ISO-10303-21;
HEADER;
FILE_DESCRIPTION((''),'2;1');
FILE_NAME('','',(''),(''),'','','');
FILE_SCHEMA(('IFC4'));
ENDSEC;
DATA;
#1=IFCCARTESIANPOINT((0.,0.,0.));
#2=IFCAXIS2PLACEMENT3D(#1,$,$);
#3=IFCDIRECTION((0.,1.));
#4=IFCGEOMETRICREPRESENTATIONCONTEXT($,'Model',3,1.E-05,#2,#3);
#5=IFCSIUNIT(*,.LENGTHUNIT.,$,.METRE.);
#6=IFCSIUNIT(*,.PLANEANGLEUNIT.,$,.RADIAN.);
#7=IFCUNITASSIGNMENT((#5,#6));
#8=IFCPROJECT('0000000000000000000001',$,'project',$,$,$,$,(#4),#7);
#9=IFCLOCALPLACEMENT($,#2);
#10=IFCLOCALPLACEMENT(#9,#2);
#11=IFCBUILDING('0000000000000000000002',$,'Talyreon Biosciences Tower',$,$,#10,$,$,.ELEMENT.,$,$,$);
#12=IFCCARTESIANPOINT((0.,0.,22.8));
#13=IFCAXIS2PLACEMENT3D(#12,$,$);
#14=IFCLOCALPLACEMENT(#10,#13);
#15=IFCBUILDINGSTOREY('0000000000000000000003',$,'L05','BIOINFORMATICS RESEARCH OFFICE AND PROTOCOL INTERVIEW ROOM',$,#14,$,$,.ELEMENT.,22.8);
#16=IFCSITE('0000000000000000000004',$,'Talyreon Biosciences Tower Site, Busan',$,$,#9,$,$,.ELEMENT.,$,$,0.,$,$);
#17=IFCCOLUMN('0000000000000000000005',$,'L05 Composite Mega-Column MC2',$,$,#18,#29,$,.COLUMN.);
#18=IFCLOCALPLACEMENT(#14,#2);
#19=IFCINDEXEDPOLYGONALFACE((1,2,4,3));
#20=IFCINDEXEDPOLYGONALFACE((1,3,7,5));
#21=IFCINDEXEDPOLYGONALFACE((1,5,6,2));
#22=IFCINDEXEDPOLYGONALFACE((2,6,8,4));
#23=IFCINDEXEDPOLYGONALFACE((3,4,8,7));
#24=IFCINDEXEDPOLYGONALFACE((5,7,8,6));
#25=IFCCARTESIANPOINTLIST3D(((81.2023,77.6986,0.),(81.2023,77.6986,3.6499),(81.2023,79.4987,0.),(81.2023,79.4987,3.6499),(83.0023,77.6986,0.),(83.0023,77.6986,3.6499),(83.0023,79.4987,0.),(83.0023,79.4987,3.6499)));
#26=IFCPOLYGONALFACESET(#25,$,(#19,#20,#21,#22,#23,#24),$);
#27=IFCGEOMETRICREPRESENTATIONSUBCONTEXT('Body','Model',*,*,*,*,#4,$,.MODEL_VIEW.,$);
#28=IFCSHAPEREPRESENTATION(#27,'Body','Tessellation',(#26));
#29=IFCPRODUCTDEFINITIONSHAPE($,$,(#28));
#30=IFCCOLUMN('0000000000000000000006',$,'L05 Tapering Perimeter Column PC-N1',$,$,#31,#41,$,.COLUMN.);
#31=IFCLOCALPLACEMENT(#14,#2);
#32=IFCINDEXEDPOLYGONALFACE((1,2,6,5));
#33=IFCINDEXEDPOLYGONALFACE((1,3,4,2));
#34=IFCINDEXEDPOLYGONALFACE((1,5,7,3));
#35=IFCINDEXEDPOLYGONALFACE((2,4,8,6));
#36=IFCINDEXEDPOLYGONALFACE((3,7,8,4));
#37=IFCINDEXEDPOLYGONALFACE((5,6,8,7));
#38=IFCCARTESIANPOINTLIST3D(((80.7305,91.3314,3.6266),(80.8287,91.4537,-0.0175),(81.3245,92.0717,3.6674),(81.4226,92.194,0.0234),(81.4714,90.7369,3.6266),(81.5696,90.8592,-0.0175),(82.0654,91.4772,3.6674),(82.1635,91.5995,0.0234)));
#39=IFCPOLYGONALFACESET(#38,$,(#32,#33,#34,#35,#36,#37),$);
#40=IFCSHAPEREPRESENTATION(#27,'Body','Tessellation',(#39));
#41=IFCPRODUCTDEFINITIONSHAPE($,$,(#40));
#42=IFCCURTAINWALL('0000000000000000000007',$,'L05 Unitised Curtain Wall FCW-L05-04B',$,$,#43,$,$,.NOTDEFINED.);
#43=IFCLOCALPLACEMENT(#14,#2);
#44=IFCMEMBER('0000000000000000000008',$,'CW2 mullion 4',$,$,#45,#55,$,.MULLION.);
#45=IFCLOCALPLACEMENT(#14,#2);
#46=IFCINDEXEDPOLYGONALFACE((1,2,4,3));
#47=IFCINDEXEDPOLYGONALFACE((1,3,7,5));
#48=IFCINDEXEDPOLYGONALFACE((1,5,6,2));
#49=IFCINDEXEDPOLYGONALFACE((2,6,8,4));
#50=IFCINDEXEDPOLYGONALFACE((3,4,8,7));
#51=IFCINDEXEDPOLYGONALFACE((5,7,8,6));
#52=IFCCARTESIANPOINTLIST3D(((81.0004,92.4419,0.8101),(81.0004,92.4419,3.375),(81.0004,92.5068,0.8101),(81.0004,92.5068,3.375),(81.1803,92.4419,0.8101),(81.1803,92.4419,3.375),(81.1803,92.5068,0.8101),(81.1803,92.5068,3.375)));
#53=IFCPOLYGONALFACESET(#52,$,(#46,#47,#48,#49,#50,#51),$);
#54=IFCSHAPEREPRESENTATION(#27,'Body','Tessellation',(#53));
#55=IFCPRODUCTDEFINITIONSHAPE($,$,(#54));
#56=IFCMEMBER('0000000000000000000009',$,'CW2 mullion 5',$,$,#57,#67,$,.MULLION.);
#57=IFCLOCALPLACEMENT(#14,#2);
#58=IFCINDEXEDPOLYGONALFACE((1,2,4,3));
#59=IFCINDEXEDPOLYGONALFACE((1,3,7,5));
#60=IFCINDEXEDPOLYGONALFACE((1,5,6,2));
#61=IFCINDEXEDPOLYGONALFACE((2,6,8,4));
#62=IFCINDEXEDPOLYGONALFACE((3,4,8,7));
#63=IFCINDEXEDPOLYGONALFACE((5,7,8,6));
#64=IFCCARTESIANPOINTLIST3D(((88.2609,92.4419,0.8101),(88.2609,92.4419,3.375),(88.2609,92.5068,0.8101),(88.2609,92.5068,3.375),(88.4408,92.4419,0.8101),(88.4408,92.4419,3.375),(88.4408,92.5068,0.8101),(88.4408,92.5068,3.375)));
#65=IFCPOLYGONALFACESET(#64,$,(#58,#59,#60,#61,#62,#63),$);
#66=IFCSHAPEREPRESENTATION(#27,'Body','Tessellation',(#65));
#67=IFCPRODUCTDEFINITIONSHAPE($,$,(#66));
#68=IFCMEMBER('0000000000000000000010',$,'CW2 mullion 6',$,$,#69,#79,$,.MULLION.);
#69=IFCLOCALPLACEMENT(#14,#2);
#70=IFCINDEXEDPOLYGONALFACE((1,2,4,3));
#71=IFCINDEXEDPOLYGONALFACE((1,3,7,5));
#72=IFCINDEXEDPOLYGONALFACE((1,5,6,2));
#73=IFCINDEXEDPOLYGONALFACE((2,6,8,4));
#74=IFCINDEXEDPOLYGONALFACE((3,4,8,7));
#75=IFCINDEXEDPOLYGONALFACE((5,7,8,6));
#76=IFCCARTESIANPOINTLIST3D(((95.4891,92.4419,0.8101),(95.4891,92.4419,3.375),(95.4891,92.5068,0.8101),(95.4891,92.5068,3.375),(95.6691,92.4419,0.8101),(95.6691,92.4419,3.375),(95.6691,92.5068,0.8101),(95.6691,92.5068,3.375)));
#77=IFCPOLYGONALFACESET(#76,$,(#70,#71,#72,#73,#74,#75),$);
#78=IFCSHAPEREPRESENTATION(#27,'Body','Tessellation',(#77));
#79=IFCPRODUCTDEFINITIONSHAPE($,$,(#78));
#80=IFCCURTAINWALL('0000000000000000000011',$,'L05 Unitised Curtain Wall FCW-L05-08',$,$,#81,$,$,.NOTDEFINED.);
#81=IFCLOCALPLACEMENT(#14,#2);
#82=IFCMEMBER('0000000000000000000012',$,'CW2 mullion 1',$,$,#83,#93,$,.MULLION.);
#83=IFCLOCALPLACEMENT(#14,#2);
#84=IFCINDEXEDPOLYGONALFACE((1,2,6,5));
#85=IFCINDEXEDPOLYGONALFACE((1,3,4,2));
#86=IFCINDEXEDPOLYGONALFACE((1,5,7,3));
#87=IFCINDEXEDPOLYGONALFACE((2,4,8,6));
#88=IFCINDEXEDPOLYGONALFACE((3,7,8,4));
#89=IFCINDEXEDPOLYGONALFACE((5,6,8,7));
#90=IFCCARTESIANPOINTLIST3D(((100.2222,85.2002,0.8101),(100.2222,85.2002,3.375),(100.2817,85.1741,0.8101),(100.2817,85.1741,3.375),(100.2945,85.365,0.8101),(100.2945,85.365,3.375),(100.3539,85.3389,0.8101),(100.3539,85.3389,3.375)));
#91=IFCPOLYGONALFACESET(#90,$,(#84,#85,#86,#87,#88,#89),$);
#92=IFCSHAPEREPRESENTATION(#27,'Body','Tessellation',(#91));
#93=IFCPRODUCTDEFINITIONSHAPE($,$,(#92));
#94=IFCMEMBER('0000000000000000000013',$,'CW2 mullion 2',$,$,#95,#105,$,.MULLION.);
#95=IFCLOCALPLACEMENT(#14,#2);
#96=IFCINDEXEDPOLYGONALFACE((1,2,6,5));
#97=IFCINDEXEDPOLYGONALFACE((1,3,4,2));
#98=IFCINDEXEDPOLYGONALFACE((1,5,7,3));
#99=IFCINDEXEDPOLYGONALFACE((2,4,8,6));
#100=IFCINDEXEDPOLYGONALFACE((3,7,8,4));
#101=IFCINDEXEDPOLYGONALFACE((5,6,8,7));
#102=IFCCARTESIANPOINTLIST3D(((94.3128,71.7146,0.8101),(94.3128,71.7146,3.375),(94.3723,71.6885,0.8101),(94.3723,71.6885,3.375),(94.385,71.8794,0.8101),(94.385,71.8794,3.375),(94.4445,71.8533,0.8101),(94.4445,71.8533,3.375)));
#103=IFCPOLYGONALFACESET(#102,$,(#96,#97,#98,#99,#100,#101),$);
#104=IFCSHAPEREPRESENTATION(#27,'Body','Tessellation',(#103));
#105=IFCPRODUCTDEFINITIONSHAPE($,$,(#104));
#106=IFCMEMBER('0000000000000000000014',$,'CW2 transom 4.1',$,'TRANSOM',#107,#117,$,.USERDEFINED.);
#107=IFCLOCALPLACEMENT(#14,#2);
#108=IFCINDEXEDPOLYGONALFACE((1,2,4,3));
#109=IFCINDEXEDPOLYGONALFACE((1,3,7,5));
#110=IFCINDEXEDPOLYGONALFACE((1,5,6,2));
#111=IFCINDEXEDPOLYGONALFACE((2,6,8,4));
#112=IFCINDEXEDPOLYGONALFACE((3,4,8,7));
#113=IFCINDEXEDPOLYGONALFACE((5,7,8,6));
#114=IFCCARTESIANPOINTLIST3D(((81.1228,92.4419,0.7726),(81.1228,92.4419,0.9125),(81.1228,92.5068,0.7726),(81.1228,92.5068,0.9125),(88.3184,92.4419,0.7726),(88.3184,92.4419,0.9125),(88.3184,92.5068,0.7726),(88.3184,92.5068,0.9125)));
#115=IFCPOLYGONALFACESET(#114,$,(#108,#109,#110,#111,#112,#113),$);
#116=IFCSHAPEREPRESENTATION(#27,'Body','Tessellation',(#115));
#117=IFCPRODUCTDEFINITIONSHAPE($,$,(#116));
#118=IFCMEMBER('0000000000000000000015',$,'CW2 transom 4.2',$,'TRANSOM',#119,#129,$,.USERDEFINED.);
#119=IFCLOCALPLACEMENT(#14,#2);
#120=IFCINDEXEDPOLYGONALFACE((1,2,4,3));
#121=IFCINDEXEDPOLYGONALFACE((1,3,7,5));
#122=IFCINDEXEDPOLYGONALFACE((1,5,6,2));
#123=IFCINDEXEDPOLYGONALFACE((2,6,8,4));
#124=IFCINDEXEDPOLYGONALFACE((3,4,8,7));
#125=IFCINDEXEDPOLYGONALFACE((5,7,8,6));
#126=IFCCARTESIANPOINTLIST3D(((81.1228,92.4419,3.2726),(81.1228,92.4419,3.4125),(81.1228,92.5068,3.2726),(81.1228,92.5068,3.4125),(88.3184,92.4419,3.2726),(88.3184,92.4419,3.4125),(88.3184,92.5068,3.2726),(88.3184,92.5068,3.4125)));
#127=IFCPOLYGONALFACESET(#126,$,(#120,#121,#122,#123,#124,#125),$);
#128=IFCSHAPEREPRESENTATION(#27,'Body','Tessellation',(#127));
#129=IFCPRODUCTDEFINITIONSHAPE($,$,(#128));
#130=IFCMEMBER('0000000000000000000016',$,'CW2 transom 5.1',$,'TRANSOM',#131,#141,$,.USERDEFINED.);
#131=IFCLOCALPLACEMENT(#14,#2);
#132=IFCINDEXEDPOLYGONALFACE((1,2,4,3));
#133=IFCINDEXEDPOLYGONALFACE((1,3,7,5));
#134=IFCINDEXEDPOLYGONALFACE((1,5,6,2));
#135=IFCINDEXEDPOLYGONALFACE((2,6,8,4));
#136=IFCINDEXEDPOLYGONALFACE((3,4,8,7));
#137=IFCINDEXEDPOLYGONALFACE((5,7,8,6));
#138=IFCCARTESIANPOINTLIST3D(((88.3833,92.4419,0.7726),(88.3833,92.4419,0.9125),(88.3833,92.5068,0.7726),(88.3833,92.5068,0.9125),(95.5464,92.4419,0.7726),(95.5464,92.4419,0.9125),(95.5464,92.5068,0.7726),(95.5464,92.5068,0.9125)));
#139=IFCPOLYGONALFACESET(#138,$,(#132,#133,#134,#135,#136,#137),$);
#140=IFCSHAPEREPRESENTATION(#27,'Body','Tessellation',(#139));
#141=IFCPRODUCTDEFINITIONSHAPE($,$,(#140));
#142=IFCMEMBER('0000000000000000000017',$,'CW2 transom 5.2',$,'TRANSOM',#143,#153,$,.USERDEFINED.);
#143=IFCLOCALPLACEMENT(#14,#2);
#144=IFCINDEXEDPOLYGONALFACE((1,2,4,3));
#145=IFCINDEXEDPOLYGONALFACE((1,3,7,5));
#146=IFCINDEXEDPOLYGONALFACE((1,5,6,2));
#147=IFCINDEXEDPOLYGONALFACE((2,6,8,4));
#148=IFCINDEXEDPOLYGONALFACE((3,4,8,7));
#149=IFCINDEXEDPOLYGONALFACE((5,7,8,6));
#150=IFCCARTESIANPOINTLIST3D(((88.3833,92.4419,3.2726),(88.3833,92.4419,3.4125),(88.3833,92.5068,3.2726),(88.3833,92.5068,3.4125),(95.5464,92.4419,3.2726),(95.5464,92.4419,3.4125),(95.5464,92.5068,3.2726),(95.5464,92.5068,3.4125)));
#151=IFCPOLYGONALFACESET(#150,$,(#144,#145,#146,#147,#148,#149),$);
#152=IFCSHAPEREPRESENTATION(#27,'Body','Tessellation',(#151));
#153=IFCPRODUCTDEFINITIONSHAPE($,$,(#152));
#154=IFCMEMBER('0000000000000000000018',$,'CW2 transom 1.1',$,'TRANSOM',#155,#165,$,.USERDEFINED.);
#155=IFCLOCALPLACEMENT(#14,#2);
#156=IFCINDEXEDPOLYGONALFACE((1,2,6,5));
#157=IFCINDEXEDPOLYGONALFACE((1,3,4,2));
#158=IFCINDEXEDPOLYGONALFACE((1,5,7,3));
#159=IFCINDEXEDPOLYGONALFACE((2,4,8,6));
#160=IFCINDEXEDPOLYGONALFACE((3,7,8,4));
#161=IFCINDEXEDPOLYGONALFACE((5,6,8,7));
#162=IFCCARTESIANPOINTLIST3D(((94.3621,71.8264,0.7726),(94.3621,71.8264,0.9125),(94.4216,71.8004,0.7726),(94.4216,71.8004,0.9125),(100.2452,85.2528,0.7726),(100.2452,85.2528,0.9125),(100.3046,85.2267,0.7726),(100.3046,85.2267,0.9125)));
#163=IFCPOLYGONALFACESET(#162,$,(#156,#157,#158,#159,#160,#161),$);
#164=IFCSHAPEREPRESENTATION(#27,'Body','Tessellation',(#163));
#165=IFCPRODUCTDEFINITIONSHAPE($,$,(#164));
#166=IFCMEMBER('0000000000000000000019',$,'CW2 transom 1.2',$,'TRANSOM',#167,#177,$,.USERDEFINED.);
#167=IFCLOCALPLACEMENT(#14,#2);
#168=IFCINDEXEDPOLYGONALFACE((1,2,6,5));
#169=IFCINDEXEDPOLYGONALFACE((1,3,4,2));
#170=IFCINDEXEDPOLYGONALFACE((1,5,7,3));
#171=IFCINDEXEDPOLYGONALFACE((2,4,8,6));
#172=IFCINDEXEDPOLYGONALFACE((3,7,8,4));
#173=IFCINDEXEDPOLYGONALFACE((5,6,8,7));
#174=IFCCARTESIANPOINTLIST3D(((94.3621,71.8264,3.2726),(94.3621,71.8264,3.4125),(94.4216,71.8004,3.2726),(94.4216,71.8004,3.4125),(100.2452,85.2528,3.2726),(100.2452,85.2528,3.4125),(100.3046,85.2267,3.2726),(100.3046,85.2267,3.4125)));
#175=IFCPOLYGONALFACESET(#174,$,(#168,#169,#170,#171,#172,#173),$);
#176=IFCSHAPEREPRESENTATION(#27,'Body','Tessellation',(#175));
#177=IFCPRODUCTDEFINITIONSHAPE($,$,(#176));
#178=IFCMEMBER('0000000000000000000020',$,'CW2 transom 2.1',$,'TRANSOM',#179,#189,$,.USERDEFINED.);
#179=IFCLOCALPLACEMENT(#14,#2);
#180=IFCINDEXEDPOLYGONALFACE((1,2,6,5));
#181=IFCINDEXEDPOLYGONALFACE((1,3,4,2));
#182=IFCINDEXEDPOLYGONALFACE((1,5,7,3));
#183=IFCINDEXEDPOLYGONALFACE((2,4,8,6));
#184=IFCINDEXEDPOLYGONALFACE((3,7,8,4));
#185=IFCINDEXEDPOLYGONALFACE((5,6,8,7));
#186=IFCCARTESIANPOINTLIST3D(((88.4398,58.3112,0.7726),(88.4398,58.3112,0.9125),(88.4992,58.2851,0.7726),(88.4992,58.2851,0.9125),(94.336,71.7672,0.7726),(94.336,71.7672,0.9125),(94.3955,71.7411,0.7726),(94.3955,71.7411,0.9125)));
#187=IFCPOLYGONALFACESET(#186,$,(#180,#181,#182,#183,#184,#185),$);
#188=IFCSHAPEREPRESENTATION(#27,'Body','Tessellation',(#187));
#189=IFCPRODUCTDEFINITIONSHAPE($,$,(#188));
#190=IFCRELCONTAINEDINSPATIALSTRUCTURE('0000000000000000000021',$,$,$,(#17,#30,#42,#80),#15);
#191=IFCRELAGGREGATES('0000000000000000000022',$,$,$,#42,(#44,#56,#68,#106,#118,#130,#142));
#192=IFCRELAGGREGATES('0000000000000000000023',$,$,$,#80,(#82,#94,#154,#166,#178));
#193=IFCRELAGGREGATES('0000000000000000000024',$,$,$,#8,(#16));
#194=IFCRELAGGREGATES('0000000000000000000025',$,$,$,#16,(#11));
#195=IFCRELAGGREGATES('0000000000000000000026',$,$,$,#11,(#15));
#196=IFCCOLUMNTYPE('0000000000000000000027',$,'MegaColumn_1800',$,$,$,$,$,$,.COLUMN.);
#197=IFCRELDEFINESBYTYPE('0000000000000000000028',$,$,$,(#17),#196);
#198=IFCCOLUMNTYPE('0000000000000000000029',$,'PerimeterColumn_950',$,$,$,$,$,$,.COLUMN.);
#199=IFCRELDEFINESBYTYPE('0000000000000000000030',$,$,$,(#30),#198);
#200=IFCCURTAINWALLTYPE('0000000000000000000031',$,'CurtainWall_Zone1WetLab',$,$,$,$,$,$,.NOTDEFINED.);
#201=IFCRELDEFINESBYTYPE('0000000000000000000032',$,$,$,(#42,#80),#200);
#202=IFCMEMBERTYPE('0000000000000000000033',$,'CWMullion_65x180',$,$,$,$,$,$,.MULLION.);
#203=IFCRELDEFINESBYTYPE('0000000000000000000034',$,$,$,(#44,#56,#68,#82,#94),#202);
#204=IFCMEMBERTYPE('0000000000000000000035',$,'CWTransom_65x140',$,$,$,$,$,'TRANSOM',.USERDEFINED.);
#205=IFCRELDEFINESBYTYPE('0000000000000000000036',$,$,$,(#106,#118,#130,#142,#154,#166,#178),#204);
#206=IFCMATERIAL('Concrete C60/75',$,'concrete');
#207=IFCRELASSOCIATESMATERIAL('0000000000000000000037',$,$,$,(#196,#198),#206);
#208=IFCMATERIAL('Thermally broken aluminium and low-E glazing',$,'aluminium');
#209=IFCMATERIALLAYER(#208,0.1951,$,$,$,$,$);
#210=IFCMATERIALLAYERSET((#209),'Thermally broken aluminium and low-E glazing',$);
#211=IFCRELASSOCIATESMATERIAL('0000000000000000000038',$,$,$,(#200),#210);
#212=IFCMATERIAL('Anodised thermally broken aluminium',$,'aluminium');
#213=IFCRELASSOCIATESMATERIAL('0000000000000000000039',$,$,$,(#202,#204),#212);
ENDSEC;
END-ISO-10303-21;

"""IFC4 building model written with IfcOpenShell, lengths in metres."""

from ifc_helpers import new_model, si_unit, direction, frame, origin, origin_2d, place, context, subcontext, project, spatial, rectangle, extrude, material, layer, layer_set, material_profile, profile_set, type_object, element, aggregate, save


model = new_model("IFC4")

# Units and contexts
model_context = context("Model", 3, precision=1e-05, world=origin(), true_north=direction((0.0, 1.0)))
body_context = subcontext(model_context, "Body", "Model", "MODEL_VIEW")
ifc_project = project(units=[si_unit("LENGTHUNIT", "METRE"), si_unit("PLANEANGLEUNIT", "RADIAN")], contexts=[model_context])

# Site, building, storey
site_placement = place(None, origin())
site = spatial("IfcSite", under=ifc_project, at=site_placement, Name="Talyreon Biosciences Tower Site, Busan", CompositionType="ELEMENT", RefElevation=0.0)
building_placement = place(site_placement, origin())
building = spatial("IfcBuilding", under=site, at=building_placement, Name="Talyreon Biosciences Tower", CompositionType="ELEMENT")
storey_placement = place(building_placement, frame((0.0, 0.0, 22.8)))
storey = spatial("IfcBuildingStorey", under=building, at=storey_placement, Name="L05", Description="BIOINFORMATICS RESEARCH OFFICE AND PROTOCOL INTERVIEW ROOM", CompositionType="ELEMENT", Elevation=22.8)

# Columns
ifc_material_1 = material(Name="Concrete C60/75", Category="concrete")
ifc_material_profile_1 = material_profile(ifc_material_1, rectangle(XDim=1.8, YDim=1.8, at=origin_2d()), Name="RC 1800x1800")
ifc_profile_set_1 = profile_set([ifc_material_profile_1], Name="Concrete C60/75")
column_type_1 = type_object("IfcColumnType", Name="MegaColumn_1800", PredefinedType="COLUMN", material=ifc_profile_set_1)
column_1_placement = place(storey_placement, frame((82.1023, 78.5986, 0.0), z_axis=(0.0, 0.0, 1.0), x_axis=(1.0, 0.0, 0.0)))
element("IfcColumn", 1, at=column_1_placement, inside=storey, type_object=column_type_1, Name="L05 Composite Mega-Column MC2", PredefinedType="COLUMN", context=body_context, shape_type="SweptSolid", body=[
    extrude(rectangle(XDim=1.8, YDim=1.8, at=origin_2d()), origin(), (0.0, 0.0, 1.0), 3.6499),
])
ifc_material_profile_2 = material_profile(ifc_material_1, rectangle(XDim=0.95, YDim=0.95, at=origin_2d()), Name="RC 950x950")
ifc_profile_set_2 = profile_set([ifc_material_profile_2], Name="Concrete C60/75")
column_type_2 = type_object("IfcColumnType", Name="PerimeterColumn_950", PredefinedType="COLUMN", material=ifc_profile_set_2)
column_2_placement = place(storey_placement, frame((81.4961, 91.5266, 0.0029), z_axis=(-0.026908, -0.033535, 0.999075), x_axis=(-0.779957, 0.625834, 0.0)))
element("IfcColumn", 2, at=column_2_placement, inside=storey, type_object=column_type_2, Name="L05 Tapering Perimeter Column PC-N1", PredefinedType="COLUMN", context=body_context, shape_type="SweptSolid", body=[
    extrude(rectangle(XDim=0.95, YDim=0.95, at=origin_2d()), origin(), (0.0, 0.0, 1.0), 3.6475),
])

# Curtain walls, members
ifc_material_2 = material(Name="Thermally broken aluminium and low-E glazing", Category="aluminium")
ifc_layer_1 = layer(ifc_material_2, 0.1951)
ifc_layer_set_1 = layer_set([ifc_layer_1], Name="Thermally broken aluminium and low-E glazing")
curtain_wall_type = type_object("IfcCurtainWallType", Name="CurtainWall_Zone1WetLab", PredefinedType="NOTDEFINED", material=ifc_layer_set_1)
curtain_wall_1_placement = place(storey_placement, origin())
curtain_wall_1 = element("IfcCurtainWall", 3, at=curtain_wall_1_placement, inside=storey, type_object=curtain_wall_type, Name="L05 Unitised Curtain Wall FCW-L05-04B", PredefinedType="NOTDEFINED")
ifc_material_3 = material(Name="Anodised thermally broken aluminium", Category="aluminium")
ifc_material_profile_3 = material_profile(ifc_material_3, rectangle(XDim=0.0649, YDim=0.1799, at=origin_2d()), Name="ALUM MULLION 65x180")
ifc_profile_set_3 = profile_set([ifc_material_profile_3], Name="Anodised thermally broken aluminium")
member_type_1 = type_object("IfcMemberType", Name="CWMullion_65x180", PredefinedType="MULLION", material=ifc_profile_set_3)
member_1_placement = place(storey_placement, frame((81.0903, 92.4744, 0.8101), z_axis=(0.0, 0.0, 1.0), x_axis=(0.0, 1.0, 0.0)))
member_1 = element("IfcMember", 4, at=member_1_placement, type_object=member_type_1, Name="CW2 mullion 4", PredefinedType="MULLION", context=body_context, shape_type="SweptSolid", body=[
    extrude(rectangle(XDim=0.0649, YDim=0.1799, at=origin_2d()), origin(), (0.0, 0.0, 1.0), 2.5649),
])
member_2_placement = place(storey_placement, frame((88.3508, 92.4744, 0.8101), z_axis=(0.0, 0.0, 1.0), x_axis=(0.0, 1.0, 0.0)))
member_2 = element("IfcMember", 5, at=member_2_placement, type_object=member_type_1, Name="CW2 mullion 5", PredefinedType="MULLION", context=body_context, shape_type="SweptSolid", body=[
    extrude(rectangle(XDim=0.0649, YDim=0.1799, at=origin_2d()), origin(), (0.0, 0.0, 1.0), 2.5649),
])
member_3_placement = place(storey_placement, frame((95.5791, 92.4744, 0.8101), z_axis=(0.0, 0.0, 1.0), x_axis=(0.0, 1.0, 0.0)))
member_3 = element("IfcMember", 6, at=member_3_placement, type_object=member_type_1, Name="CW2 mullion 6", PredefinedType="MULLION", context=body_context, shape_type="SweptSolid", body=[
    extrude(rectangle(XDim=0.0649, YDim=0.1799, at=origin_2d()), origin(), (0.0, 0.0, 1.0), 2.5649),
])
curtain_wall_2_placement = place(storey_placement, origin())
curtain_wall_2 = element("IfcCurtainWall", 7, at=curtain_wall_2_placement, inside=storey, type_object=curtain_wall_type, Name="L05 Unitised Curtain Wall FCW-L05-08", PredefinedType="NOTDEFINED")
member_4_placement = place(storey_placement, frame((100.2881, 85.2695, 0.8101), z_axis=(0.0, 0.0, 1.0), x_axis=(0.915927, -0.401345, 0.0)))
member_4 = element("IfcMember", 8, at=member_4_placement, type_object=member_type_1, Name="CW2 mullion 1", PredefinedType="MULLION", context=body_context, shape_type="SweptSolid", body=[
    extrude(rectangle(XDim=0.0649, YDim=0.1799, at=origin_2d()), origin(), (0.0, 0.0, 1.0), 2.5649),
])
member_5_placement = place(storey_placement, frame((94.3787, 71.7839, 0.8101), z_axis=(0.0, 0.0, 1.0), x_axis=(0.915927, -0.401345, 0.0)))
member_5 = element("IfcMember", 9, at=member_5_placement, type_object=member_type_1, Name="CW2 mullion 2", PredefinedType="MULLION", context=body_context, shape_type="SweptSolid", body=[
    extrude(rectangle(XDim=0.0649, YDim=0.1799, at=origin_2d()), origin(), (0.0, 0.0, 1.0), 2.5649),
])

# Members
ifc_material_profile_4 = material_profile(ifc_material_3, rectangle(XDim=0.0649, YDim=0.1399, at=origin_2d()), Name="ALUM TRANSOM 65x140")
ifc_profile_set_4 = profile_set([ifc_material_profile_4], Name="Anodised thermally broken aluminium")
member_type_2 = type_object("IfcMemberType", Name="CWTransom_65x140", ElementType="TRANSOM", PredefinedType="USERDEFINED", material=ifc_profile_set_4)
member_6_placement = place(storey_placement, frame((81.1228, 92.4744, 0.8425), z_axis=(1.0, 0.0, 0.0), x_axis=(0.0, 1.0, 0.0)))
member_6 = element("IfcMember", 10, at=member_6_placement, type_object=member_type_2, Name="CW2 transom 4.1", ObjectType="TRANSOM", PredefinedType="USERDEFINED", context=body_context, shape_type="SweptSolid", body=[
    extrude(rectangle(XDim=0.0649, YDim=0.1399, at=origin_2d()), origin(), (0.0, 0.0, 1.0), 7.1956),
])
member_7_placement = place(storey_placement, frame((81.1228, 92.4744, 3.3425), z_axis=(1.0, 0.0, 0.0), x_axis=(0.0, 1.0, 0.0)))
member_7 = element("IfcMember", 11, at=member_7_placement, type_object=member_type_2, Name="CW2 transom 4.2", ObjectType="TRANSOM", PredefinedType="USERDEFINED", context=body_context, shape_type="SweptSolid", body=[
    extrude(rectangle(XDim=0.0649, YDim=0.1399, at=origin_2d()), origin(), (0.0, 0.0, 1.0), 7.1956),
])
member_8_placement = place(storey_placement, frame((88.3833, 92.4744, 0.8425), z_axis=(1.0, 0.0, 0.0), x_axis=(0.0, 1.0, 0.0)))
member_8 = element("IfcMember", 12, at=member_8_placement, type_object=member_type_2, Name="CW2 transom 5.1", ObjectType="TRANSOM", PredefinedType="USERDEFINED", context=body_context, shape_type="SweptSolid", body=[
    extrude(rectangle(XDim=0.0649, YDim=0.1399, at=origin_2d()), origin(), (0.0, 0.0, 1.0), 7.1631),
])
member_9_placement = place(storey_placement, frame((88.3833, 92.4744, 3.3425), z_axis=(1.0, 0.0, 0.0), x_axis=(0.0, 1.0, 0.0)))
member_9 = element("IfcMember", 13, at=member_9_placement, type_object=member_type_2, Name="CW2 transom 5.2", ObjectType="TRANSOM", PredefinedType="USERDEFINED", context=body_context, shape_type="SweptSolid", body=[
    extrude(rectangle(XDim=0.0649, YDim=0.1399, at=origin_2d()), origin(), (0.0, 0.0, 1.0), 7.1631),
])
member_10_placement = place(storey_placement, frame((100.2749, 85.2397, 0.8425), z_axis=(-0.401338, -0.91593, 0.0), x_axis=(0.91593, -0.401338, 0.0)))
member_10 = element("IfcMember", 14, at=member_10_placement, type_object=member_type_2, Name="CW2 transom 1.1", ObjectType="TRANSOM", PredefinedType="USERDEFINED", context=body_context, shape_type="SweptSolid", body=[
    extrude(rectangle(XDim=0.0649, YDim=0.1399, at=origin_2d()), origin(), (0.0, 0.0, 1.0), 14.6587),
])
member_11_placement = place(storey_placement, frame((100.2749, 85.2397, 3.3425), z_axis=(-0.401338, -0.91593, 0.0), x_axis=(0.91593, -0.401338, 0.0)))
member_11 = element("IfcMember", 15, at=member_11_placement, type_object=member_type_2, Name="CW2 transom 1.2", ObjectType="TRANSOM", PredefinedType="USERDEFINED", context=body_context, shape_type="SweptSolid", body=[
    extrude(rectangle(XDim=0.0649, YDim=0.1399, at=origin_2d()), origin(), (0.0, 0.0, 1.0), 14.6587),
])
member_12_placement = place(storey_placement, frame((94.3657, 71.7542, 0.8425), z_axis=(-0.401345, -0.915927, 0.0), x_axis=(0.915927, -0.401345, 0.0)))
member_12 = element("IfcMember", 16, at=member_12_placement, type_object=member_type_2, Name="CW2 transom 2.1", ObjectType="TRANSOM", PredefinedType="USERDEFINED", context=body_context, shape_type="SweptSolid", body=[
    extrude(rectangle(XDim=0.0649, YDim=0.1399, at=origin_2d()), origin(), (0.0, 0.0, 1.0), 14.6912),
])

aggregate(curtain_wall_1, [member_1, member_2, member_3, member_6, member_7, member_8, member_9])
aggregate(curtain_wall_2, [member_4, member_5, member_10, member_11, member_12])

save(model, "model.ifc")
